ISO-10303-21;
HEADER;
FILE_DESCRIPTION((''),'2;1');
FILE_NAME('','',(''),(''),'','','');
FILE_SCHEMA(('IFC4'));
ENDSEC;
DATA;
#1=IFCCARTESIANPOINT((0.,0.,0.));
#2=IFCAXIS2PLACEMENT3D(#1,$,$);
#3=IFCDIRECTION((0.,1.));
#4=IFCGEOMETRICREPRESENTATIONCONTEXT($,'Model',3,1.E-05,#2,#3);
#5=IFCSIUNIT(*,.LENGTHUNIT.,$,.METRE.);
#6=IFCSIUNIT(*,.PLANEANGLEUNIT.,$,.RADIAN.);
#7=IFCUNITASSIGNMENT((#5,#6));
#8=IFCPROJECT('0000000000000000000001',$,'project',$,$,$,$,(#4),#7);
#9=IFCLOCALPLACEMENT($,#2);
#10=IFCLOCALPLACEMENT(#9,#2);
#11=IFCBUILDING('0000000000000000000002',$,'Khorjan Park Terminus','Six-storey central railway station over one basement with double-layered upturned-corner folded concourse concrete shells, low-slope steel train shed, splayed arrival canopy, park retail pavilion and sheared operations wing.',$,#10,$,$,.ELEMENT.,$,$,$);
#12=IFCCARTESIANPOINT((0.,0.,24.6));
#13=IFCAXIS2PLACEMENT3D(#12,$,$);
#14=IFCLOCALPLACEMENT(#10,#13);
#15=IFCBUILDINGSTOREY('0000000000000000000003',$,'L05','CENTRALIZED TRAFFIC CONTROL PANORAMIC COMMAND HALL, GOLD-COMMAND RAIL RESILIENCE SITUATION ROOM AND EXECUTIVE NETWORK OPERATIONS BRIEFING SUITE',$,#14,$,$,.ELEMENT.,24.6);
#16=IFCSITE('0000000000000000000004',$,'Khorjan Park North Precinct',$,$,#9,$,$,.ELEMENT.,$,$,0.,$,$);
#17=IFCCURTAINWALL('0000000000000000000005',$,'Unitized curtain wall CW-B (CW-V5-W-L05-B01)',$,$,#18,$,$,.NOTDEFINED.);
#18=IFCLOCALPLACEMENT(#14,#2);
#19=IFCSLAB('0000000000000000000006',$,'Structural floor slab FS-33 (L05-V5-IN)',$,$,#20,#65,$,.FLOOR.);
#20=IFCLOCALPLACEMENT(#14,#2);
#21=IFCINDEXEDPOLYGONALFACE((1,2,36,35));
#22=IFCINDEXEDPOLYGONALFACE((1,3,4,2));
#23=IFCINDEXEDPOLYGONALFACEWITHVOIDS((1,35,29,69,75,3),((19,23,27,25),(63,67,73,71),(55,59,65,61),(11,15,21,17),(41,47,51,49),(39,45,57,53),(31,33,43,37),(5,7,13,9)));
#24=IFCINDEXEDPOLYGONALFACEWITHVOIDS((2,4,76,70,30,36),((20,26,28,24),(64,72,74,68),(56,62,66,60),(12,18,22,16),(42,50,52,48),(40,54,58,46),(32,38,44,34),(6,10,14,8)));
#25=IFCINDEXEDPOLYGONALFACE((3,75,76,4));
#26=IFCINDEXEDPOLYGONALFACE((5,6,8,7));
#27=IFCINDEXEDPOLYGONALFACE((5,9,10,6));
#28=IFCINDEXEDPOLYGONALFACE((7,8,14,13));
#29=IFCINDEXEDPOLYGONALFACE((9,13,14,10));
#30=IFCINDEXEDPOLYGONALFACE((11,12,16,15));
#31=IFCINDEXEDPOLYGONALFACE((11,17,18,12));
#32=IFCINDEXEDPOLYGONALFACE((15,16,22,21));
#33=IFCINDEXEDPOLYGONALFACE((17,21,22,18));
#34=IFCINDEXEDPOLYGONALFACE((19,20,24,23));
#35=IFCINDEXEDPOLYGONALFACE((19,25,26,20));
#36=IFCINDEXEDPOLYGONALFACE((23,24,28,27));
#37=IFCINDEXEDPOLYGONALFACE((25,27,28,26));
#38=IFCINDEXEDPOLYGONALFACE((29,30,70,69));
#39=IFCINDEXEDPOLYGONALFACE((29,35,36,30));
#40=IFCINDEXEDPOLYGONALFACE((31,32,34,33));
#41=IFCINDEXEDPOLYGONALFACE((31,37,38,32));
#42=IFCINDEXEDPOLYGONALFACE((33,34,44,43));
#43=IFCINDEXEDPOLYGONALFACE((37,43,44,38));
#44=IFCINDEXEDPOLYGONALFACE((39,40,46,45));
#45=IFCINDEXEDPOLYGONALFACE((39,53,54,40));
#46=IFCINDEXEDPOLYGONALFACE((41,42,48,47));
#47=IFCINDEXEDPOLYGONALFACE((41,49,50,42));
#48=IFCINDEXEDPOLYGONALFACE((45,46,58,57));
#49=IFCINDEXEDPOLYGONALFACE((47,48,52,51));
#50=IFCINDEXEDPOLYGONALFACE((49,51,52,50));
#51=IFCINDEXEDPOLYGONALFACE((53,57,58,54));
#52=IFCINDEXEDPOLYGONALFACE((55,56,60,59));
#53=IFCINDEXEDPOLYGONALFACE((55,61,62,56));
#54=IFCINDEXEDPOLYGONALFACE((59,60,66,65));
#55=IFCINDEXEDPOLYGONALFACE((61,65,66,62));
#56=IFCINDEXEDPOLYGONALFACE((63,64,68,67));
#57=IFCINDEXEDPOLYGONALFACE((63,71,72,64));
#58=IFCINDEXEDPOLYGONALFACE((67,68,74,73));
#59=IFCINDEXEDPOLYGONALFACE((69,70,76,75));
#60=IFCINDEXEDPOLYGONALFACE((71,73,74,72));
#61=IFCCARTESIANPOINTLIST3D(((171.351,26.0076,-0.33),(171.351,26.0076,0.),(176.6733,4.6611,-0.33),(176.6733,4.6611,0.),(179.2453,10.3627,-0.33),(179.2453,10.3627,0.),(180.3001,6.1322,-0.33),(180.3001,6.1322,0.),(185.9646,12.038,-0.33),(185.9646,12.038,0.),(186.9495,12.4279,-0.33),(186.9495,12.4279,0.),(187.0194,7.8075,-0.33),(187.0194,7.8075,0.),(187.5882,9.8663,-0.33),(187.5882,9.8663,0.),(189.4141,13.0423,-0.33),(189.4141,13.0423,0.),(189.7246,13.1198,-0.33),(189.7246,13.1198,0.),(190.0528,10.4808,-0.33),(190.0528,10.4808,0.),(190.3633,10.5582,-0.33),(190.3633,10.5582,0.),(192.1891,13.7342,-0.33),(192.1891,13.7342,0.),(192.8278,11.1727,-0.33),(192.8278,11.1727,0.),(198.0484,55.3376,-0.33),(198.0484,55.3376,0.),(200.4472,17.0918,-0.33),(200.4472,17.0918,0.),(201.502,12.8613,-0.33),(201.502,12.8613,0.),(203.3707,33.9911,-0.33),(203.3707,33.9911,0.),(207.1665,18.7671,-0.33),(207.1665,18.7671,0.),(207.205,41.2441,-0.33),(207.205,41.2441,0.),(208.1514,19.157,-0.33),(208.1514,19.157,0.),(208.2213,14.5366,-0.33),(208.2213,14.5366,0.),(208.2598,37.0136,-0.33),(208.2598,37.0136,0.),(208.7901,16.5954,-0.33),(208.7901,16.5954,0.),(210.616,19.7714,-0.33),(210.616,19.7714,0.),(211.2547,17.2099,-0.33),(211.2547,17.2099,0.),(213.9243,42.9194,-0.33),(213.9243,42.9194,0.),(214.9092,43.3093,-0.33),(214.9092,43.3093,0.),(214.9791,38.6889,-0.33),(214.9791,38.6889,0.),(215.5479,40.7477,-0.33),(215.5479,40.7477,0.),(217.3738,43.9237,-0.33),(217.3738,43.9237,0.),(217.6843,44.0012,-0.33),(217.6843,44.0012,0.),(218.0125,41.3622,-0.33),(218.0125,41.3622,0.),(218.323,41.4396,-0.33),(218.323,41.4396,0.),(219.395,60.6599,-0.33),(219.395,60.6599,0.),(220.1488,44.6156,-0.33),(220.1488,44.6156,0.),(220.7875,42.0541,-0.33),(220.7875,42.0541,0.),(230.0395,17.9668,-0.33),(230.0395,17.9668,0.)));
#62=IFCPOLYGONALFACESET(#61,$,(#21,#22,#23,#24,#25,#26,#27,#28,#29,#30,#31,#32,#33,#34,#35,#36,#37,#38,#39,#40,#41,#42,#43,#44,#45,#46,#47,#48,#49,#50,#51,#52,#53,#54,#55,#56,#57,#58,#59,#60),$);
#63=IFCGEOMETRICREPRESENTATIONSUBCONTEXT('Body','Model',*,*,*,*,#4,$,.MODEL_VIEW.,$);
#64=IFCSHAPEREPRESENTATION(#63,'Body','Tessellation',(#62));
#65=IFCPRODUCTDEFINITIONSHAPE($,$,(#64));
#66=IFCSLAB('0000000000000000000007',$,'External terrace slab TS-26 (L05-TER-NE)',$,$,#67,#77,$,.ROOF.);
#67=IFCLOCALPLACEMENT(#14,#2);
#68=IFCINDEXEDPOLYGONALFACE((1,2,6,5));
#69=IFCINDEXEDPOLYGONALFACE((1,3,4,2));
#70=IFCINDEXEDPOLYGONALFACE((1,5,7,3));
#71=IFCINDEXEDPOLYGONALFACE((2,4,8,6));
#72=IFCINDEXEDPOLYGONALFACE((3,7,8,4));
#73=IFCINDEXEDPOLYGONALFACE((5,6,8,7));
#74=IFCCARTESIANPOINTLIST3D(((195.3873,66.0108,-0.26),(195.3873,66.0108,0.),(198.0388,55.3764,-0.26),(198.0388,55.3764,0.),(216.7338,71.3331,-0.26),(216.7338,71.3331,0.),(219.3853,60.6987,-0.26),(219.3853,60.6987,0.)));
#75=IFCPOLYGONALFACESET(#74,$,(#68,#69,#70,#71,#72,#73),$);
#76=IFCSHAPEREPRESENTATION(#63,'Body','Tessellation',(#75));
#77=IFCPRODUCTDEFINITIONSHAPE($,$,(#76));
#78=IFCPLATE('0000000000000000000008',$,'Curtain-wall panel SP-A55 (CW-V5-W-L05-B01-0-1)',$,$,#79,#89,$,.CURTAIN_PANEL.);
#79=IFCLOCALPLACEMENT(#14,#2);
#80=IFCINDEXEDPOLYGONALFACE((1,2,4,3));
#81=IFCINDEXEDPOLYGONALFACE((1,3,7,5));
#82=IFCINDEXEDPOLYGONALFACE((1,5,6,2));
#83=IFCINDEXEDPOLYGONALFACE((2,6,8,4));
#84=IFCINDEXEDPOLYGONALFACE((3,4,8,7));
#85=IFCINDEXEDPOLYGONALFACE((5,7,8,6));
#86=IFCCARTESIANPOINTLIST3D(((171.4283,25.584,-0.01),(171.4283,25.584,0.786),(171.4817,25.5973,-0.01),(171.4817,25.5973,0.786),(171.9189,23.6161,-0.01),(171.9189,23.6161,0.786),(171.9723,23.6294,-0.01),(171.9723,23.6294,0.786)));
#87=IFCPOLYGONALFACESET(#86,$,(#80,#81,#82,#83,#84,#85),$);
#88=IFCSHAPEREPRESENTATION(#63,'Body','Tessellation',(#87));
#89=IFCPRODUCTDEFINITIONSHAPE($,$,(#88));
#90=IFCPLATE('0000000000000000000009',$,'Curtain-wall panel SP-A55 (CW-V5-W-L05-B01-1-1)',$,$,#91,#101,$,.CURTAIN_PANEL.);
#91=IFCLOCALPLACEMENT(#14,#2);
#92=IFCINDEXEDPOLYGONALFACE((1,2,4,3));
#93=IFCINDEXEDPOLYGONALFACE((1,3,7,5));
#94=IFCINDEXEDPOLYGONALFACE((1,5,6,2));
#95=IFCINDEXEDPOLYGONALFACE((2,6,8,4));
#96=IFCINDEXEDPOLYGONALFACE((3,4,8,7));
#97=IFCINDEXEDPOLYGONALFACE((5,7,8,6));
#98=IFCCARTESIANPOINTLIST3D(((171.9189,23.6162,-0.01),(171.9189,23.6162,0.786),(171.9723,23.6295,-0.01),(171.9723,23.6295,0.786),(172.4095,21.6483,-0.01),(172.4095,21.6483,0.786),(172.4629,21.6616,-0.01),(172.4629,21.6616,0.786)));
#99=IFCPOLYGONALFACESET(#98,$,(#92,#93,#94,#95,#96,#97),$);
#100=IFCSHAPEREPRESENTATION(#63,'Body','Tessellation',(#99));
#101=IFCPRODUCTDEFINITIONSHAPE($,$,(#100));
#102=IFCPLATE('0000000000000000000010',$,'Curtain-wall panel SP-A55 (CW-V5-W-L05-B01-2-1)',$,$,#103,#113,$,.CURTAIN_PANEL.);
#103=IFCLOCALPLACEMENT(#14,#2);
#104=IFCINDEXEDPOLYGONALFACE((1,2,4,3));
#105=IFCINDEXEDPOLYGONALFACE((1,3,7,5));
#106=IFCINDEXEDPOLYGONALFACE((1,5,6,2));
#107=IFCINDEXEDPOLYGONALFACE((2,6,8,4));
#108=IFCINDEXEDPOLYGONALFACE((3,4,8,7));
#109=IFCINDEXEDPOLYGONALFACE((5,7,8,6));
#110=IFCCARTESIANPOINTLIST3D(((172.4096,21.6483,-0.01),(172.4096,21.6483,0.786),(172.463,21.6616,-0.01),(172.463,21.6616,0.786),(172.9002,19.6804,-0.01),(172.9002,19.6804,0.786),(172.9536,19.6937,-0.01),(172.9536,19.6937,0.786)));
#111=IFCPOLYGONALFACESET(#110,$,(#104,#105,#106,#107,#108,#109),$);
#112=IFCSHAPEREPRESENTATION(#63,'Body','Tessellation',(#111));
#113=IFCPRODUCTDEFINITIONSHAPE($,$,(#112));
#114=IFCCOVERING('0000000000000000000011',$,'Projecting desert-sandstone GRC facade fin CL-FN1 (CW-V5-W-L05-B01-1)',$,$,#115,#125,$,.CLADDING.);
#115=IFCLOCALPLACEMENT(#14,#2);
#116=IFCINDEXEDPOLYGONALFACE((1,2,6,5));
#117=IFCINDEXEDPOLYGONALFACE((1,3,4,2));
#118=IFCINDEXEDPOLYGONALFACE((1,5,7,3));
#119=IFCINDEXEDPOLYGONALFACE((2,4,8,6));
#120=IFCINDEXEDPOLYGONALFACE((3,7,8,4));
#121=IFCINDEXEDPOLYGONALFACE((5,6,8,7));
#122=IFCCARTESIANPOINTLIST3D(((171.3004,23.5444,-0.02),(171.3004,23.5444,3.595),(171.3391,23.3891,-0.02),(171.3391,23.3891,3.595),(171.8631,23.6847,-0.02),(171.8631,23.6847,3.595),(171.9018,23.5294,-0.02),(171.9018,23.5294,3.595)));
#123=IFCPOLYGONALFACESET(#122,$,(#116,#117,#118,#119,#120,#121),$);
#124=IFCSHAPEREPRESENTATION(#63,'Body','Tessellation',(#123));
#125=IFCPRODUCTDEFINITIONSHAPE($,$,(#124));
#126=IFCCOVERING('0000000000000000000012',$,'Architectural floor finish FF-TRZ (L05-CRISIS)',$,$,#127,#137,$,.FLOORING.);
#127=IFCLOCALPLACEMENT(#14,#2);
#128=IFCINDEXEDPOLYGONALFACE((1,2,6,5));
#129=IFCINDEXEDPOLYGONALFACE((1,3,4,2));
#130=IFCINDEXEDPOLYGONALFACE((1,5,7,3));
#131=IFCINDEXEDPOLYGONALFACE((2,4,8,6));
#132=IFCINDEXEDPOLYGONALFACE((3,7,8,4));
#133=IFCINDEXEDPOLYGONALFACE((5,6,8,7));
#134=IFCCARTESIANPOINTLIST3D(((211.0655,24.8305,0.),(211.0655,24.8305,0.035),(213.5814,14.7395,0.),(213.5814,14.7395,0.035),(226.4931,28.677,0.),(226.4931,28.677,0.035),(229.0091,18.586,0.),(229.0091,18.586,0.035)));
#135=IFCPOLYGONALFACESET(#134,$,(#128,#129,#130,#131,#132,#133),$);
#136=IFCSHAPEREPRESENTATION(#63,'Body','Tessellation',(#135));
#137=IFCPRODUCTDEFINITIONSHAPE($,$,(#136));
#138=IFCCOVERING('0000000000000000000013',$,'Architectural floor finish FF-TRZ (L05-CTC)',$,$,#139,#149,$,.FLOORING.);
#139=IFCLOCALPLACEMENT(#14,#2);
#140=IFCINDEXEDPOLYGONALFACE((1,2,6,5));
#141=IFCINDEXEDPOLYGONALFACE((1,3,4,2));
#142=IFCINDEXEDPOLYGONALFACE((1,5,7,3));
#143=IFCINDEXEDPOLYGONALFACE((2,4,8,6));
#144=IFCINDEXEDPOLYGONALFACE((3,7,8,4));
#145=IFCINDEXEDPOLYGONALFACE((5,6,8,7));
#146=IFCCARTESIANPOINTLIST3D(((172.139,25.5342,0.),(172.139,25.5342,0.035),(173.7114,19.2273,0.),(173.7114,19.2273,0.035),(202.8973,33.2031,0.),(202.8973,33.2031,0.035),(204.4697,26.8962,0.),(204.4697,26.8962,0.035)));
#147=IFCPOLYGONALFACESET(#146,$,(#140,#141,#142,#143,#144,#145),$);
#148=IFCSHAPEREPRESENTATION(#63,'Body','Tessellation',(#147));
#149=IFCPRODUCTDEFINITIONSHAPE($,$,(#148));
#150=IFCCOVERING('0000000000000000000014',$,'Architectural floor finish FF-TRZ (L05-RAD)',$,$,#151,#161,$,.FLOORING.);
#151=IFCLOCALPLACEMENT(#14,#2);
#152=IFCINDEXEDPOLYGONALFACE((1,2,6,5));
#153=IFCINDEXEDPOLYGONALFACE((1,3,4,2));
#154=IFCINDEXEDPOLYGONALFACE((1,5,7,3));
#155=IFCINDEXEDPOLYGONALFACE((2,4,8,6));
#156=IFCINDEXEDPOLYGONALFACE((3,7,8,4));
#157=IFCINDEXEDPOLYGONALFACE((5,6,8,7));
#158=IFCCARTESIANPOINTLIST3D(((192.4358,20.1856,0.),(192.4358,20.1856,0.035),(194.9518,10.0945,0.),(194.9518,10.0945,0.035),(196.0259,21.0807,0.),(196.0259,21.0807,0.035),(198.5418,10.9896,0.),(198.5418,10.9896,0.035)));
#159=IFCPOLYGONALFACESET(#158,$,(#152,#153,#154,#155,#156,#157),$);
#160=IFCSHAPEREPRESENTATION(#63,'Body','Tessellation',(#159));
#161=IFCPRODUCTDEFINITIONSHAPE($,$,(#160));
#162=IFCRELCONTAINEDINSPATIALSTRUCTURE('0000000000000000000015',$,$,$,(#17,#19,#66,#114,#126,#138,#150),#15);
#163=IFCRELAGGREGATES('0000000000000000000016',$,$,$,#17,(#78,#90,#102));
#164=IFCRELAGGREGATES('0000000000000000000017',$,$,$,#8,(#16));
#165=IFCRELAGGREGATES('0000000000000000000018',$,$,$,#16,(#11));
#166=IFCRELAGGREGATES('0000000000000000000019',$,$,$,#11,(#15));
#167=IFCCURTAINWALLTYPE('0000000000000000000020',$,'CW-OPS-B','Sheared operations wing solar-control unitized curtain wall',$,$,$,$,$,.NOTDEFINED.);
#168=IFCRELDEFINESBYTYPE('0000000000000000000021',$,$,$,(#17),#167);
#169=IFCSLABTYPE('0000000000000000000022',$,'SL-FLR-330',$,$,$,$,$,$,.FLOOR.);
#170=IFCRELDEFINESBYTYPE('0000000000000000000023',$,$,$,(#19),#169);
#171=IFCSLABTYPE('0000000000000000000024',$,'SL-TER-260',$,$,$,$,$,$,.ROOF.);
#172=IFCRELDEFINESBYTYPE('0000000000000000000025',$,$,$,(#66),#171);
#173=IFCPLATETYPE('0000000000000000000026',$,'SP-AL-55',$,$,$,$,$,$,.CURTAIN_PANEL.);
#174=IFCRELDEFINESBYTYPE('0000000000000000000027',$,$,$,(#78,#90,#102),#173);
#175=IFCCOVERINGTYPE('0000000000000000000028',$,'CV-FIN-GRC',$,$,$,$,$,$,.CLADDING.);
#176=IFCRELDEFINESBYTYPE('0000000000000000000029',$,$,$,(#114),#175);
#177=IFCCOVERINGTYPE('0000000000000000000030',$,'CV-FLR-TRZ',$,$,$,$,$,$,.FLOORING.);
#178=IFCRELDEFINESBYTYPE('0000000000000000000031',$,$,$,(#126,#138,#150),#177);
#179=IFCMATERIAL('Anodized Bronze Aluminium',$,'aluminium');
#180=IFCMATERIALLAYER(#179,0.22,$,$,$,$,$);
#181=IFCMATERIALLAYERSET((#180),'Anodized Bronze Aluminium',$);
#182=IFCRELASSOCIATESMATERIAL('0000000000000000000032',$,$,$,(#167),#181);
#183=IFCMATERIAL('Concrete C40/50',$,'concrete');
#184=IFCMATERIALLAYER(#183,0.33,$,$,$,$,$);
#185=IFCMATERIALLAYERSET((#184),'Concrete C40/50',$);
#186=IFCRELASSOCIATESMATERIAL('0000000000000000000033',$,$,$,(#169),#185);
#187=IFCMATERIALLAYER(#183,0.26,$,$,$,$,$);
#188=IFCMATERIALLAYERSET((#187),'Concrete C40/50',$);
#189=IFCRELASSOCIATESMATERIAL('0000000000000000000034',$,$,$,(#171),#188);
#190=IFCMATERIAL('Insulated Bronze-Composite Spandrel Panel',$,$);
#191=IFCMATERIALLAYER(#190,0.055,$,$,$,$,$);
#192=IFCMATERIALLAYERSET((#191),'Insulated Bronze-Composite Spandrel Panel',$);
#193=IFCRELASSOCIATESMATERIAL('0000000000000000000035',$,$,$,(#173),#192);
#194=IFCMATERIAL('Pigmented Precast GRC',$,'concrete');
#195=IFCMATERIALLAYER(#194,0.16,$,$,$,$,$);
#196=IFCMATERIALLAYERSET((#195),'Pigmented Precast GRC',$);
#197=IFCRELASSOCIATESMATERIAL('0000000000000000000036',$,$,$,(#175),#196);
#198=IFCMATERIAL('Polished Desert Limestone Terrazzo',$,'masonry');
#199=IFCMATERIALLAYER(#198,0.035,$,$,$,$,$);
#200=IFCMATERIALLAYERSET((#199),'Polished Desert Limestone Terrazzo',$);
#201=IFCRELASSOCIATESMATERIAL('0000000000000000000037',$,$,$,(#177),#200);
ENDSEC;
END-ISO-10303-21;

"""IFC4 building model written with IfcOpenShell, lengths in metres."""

from ifc_helpers import new_model, si_unit, direction, frame, origin, origin_2d, place, context, subcontext, project, spatial, polyline, rectangle, outline, extrude, material, layer, layer_set, type_object, element, aggregate, save


model = new_model("IFC4")

# Units and contexts
model_context = context("Model", 3, precision=1e-05, world=origin(), true_north=direction((0.0, 1.0)))
body_context = subcontext(model_context, "Body", "Model", "MODEL_VIEW")
ifc_project = project(units=[si_unit("LENGTHUNIT", "METRE"), si_unit("PLANEANGLEUNIT", "RADIAN")], contexts=[model_context])

# Site, building, storey
site_placement = place(None, origin())
site = spatial("IfcSite", under=ifc_project, at=site_placement, Name="Khorjan Park North Precinct", CompositionType="ELEMENT", RefElevation=0.0)
building_placement = place(site_placement, origin())
building = spatial("IfcBuilding", under=site, at=building_placement, Name="Khorjan Park Terminus", Description="Six-storey central railway station over one basement with double-layered upturned-corner folded concourse concrete shells, low-slope steel train shed, splayed arrival canopy, park retail pavilion and sheared operations wing.", CompositionType="ELEMENT")
storey_placement = place(building_placement, frame((0.0, 0.0, 24.6)))
storey = spatial("IfcBuildingStorey", under=building, at=storey_placement, Name="L05", Description="CENTRALIZED TRAFFIC CONTROL PANORAMIC COMMAND HALL, GOLD-COMMAND RAIL RESILIENCE SITUATION ROOM AND EXECUTIVE NETWORK OPERATIONS BRIEFING SUITE", CompositionType="ELEMENT", Elevation=24.6)

# Shared definitions
ifc_material_1 = material(Name="Concrete C40/50", Category="concrete")

# Shared definitions
ifc_material_2 = material(Name="Anodized Bronze Aluminium", Category="aluminium")
ifc_layer_1 = layer(ifc_material_2, 0.22)
ifc_layer_set_1 = layer_set([ifc_layer_1], Name="Anodized Bronze Aluminium")
curtain_wall_type = type_object("IfcCurtainWallType", Name="CW-OPS-B", Description="Sheared operations wing solar-control unitized curtain wall", PredefinedType="NOTDEFINED", material=ifc_layer_set_1)

# Curtain wall
curtain_wall_1_placement = place(storey_placement, origin())
curtain_wall_1 = element("IfcCurtainWall", 1, at=curtain_wall_1_placement, inside=storey, type_object=curtain_wall_type, Name="Unitized curtain wall CW-B (CW-V5-W-L05-B01)", PredefinedType="NOTDEFINED")

# Slabs
ifc_layer_2 = layer(ifc_material_1, 0.33)
ifc_layer_set_2 = layer_set([ifc_layer_2], Name="Concrete C40/50")
slab_type_1 = type_object("IfcSlabType", Name="SL-FLR-330", PredefinedType="FLOOR", material=ifc_layer_set_2)
slab_1_placement = place(storey_placement, frame((0.0, 0.0, -0.33)))
element("IfcSlab", 2, at=slab_1_placement, inside=storey, type_object=slab_type_1, Name="Structural floor slab FS-33 (L05-V5-IN)", PredefinedType="FLOOR", context=body_context, shape_type="SweptSolid", body=[
    extrude(outline(polyline([(171.351, 26.0076), (203.3707, 33.9911), (198.0484, 55.3376), (219.395, 60.6599), (230.0395, 17.9668), (176.6733, 4.6611), (171.351, 26.0076)]), holes=[polyline([(185.9646, 12.038), (179.2453, 10.3627), (180.3001, 6.1322), (187.0194, 7.8075), (185.9646, 12.038)]), polyline([(189.4141, 13.0423), (186.9495, 12.4279), (187.5882, 9.8663), (190.0528, 10.4808), (189.4141, 13.0423)]), polyline([(192.1891, 13.7342), (189.7246, 13.1198), (190.3633, 10.5582), (192.8278, 11.1727), (192.1891, 13.7342)]), polyline([(207.1665, 18.7671), (200.4472, 17.0918), (201.502, 12.8613), (208.2213, 14.5366), (207.1665, 18.7671)]), polyline([(210.616, 19.7714), (208.1514, 19.157), (208.7901, 16.5954), (211.2547, 17.2099), (210.616, 19.7714)]), polyline([(213.9243, 42.9194), (207.205, 41.2441), (208.2598, 37.0136), (214.9791, 38.6889), (213.9243, 42.9194)]), polyline([(217.3738, 43.9237), (214.9092, 43.3093), (215.5479, 40.7477), (218.0125, 41.3622), (217.3738, 43.9237)]), polyline([(220.1488, 44.6156), (217.6843, 44.0012), (218.323, 41.4396), (220.7875, 42.0541), (220.1488, 44.6156)])]), origin(), (0.0, 0.0, 1.0), 0.33),
])
ifc_layer_3 = layer(ifc_material_1, 0.26)
ifc_layer_set_3 = layer_set([ifc_layer_3], Name="Concrete C40/50")
slab_type_2 = type_object("IfcSlabType", Name="SL-TER-260", PredefinedType="ROOF", material=ifc_layer_set_3)
slab_2_placement = place(storey_placement, frame((0.0, 0.0, -0.26)))
element("IfcSlab", 3, at=slab_2_placement, inside=storey, type_object=slab_type_2, Name="External terrace slab TS-26 (L05-TER-NE)", PredefinedType="ROOF", context=body_context, shape_type="SweptSolid", body=[
    extrude(outline(polyline([(198.0388, 55.3764), (219.3853, 60.6987), (216.7338, 71.3331), (195.3873, 66.0108), (198.0388, 55.3764)])), origin(), (0.0, 0.0, 1.0), 0.26),
])

# Plates
ifc_material_3 = material(Name="Insulated Bronze-Composite Spandrel Panel")
ifc_layer_4 = layer(ifc_material_3, 0.055)
ifc_layer_set_4 = layer_set([ifc_layer_4], Name="Insulated Bronze-Composite Spandrel Panel")
plate_type_1 = type_object("IfcPlateType", Name="SP-AL-55", PredefinedType="CURTAIN_PANEL", material=ifc_layer_set_4)
plate_1_placement = place(storey_placement, frame((171.7003, 24.6067, -0.01), z_axis=(0.0, 0.0, 1.0), x_axis=(0.241928, -0.970294, 0.0)))
plate_1 = element("IfcPlate", 4, at=plate_1_placement, type_object=plate_type_1, Name="Curtain-wall panel SP-A55 (CW-V5-W-L05-B01-0-1)", PredefinedType="CURTAIN_PANEL", context=body_context, shape_type="SweptSolid", body=[
    extrude(rectangle(XDim=2.0281, YDim=0.055, at=origin_2d()), origin(), (0.0, 0.0, 1.0), 0.796),
])
plate_2_placement = place(storey_placement, frame((172.1909, 22.6389, -0.01), z_axis=(0.0, 0.0, 1.0), x_axis=(0.241928, -0.970294, 0.0)))
plate_2 = element("IfcPlate", 5, at=plate_2_placement, type_object=plate_type_1, Name="Curtain-wall panel SP-A55 (CW-V5-W-L05-B01-1-1)", PredefinedType="CURTAIN_PANEL", context=body_context, shape_type="SweptSolid", body=[
    extrude(rectangle(XDim=2.0281, YDim=0.055, at=origin_2d()), origin(), (0.0, 0.0, 1.0), 0.796),
])
plate_3_placement = place(storey_placement, frame((172.6816, 20.671, -0.01), z_axis=(0.0, 0.0, 1.0), x_axis=(0.241928, -0.970294, 0.0)))
plate_3 = element("IfcPlate", 6, at=plate_3_placement, type_object=plate_type_1, Name="Curtain-wall panel SP-A55 (CW-V5-W-L05-B01-2-1)", PredefinedType="CURTAIN_PANEL", context=body_context, shape_type="SweptSolid", body=[
    extrude(rectangle(XDim=2.0281, YDim=0.055, at=origin_2d()), origin(), (0.0, 0.0, 1.0), 0.796),
])
aggregate(curtain_wall_1, [plate_1, plate_2, plate_3])

# Coverings
ifc_material_4 = material(Name="Pigmented Precast GRC", Category="concrete")
ifc_layer_5 = layer(ifc_material_4, 0.16)
ifc_layer_set_5 = layer_set([ifc_layer_5], Name="Pigmented Precast GRC")
covering_type_1 = type_object("IfcCoveringType", Name="CV-FIN-GRC", PredefinedType="CLADDING", material=ifc_layer_set_5)
covering_1_placement = place(storey_placement, frame((171.6011, 23.5369, -0.02), z_axis=(0.0, 0.0, 1.0), x_axis=(0.970296, 0.241922, 0.0)))
element("IfcCovering", 7, at=covering_1_placement, inside=storey, type_object=covering_type_1, Name="Projecting desert-sandstone GRC facade fin CL-FN1 (CW-V5-W-L05-B01-1)", PredefinedType="CLADDING", context=body_context, shape_type="SweptSolid", body=[
    extrude(rectangle(XDim=0.58, YDim=0.16, at=origin_2d()), origin(), (0.0, 0.0, 1.0), 3.615),
])
ifc_material_5 = material(Name="Polished Desert Limestone Terrazzo", Category="masonry")
ifc_layer_6 = layer(ifc_material_5, 0.035)
ifc_layer_set_6 = layer_set([ifc_layer_6], Name="Polished Desert Limestone Terrazzo")
covering_type_2 = type_object("IfcCoveringType", Name="CV-FLR-TRZ", PredefinedType="FLOORING", material=ifc_layer_set_6)
covering_2_placement = place(storey_placement, origin())
element("IfcCovering", 8, at=covering_2_placement, inside=storey, type_object=covering_type_2, Name="Architectural floor finish FF-TRZ (L05-CRISIS)", PredefinedType="FLOORING", context=body_context, shape_type="SweptSolid", body=[
    extrude(outline(polyline([(229.0091, 18.586), (213.5814, 14.7395), (211.0655, 24.8305), (226.4931, 28.677), (229.0091, 18.586)])), origin(), (0.0, 0.0, 1.0), 0.035),
])
covering_3_placement = place(storey_placement, origin())
element("IfcCovering", 9, at=covering_3_placement, inside=storey, type_object=covering_type_2, Name="Architectural floor finish FF-TRZ (L05-CTC)", PredefinedType="FLOORING", context=body_context, shape_type="SweptSolid", body=[
    extrude(outline(polyline([(204.4697, 26.8962), (173.7114, 19.2273), (172.139, 25.5342), (202.8973, 33.2031), (204.4697, 26.8962)])), origin(), (0.0, 0.0, 1.0), 0.035),
])
covering_4_placement = place(storey_placement, origin())
element("IfcCovering", 10, at=covering_4_placement, inside=storey, type_object=covering_type_2, Name="Architectural floor finish FF-TRZ (L05-RAD)", PredefinedType="FLOORING", context=body_context, shape_type="SweptSolid", body=[
    extrude(outline(polyline([(198.5418, 10.9896), (194.9518, 10.0945), (192.4358, 20.1856), (196.0259, 21.0807), (198.5418, 10.9896)])), origin(), (0.0, 0.0, 1.0), 0.035),
])

save(model, "model.ifc")
